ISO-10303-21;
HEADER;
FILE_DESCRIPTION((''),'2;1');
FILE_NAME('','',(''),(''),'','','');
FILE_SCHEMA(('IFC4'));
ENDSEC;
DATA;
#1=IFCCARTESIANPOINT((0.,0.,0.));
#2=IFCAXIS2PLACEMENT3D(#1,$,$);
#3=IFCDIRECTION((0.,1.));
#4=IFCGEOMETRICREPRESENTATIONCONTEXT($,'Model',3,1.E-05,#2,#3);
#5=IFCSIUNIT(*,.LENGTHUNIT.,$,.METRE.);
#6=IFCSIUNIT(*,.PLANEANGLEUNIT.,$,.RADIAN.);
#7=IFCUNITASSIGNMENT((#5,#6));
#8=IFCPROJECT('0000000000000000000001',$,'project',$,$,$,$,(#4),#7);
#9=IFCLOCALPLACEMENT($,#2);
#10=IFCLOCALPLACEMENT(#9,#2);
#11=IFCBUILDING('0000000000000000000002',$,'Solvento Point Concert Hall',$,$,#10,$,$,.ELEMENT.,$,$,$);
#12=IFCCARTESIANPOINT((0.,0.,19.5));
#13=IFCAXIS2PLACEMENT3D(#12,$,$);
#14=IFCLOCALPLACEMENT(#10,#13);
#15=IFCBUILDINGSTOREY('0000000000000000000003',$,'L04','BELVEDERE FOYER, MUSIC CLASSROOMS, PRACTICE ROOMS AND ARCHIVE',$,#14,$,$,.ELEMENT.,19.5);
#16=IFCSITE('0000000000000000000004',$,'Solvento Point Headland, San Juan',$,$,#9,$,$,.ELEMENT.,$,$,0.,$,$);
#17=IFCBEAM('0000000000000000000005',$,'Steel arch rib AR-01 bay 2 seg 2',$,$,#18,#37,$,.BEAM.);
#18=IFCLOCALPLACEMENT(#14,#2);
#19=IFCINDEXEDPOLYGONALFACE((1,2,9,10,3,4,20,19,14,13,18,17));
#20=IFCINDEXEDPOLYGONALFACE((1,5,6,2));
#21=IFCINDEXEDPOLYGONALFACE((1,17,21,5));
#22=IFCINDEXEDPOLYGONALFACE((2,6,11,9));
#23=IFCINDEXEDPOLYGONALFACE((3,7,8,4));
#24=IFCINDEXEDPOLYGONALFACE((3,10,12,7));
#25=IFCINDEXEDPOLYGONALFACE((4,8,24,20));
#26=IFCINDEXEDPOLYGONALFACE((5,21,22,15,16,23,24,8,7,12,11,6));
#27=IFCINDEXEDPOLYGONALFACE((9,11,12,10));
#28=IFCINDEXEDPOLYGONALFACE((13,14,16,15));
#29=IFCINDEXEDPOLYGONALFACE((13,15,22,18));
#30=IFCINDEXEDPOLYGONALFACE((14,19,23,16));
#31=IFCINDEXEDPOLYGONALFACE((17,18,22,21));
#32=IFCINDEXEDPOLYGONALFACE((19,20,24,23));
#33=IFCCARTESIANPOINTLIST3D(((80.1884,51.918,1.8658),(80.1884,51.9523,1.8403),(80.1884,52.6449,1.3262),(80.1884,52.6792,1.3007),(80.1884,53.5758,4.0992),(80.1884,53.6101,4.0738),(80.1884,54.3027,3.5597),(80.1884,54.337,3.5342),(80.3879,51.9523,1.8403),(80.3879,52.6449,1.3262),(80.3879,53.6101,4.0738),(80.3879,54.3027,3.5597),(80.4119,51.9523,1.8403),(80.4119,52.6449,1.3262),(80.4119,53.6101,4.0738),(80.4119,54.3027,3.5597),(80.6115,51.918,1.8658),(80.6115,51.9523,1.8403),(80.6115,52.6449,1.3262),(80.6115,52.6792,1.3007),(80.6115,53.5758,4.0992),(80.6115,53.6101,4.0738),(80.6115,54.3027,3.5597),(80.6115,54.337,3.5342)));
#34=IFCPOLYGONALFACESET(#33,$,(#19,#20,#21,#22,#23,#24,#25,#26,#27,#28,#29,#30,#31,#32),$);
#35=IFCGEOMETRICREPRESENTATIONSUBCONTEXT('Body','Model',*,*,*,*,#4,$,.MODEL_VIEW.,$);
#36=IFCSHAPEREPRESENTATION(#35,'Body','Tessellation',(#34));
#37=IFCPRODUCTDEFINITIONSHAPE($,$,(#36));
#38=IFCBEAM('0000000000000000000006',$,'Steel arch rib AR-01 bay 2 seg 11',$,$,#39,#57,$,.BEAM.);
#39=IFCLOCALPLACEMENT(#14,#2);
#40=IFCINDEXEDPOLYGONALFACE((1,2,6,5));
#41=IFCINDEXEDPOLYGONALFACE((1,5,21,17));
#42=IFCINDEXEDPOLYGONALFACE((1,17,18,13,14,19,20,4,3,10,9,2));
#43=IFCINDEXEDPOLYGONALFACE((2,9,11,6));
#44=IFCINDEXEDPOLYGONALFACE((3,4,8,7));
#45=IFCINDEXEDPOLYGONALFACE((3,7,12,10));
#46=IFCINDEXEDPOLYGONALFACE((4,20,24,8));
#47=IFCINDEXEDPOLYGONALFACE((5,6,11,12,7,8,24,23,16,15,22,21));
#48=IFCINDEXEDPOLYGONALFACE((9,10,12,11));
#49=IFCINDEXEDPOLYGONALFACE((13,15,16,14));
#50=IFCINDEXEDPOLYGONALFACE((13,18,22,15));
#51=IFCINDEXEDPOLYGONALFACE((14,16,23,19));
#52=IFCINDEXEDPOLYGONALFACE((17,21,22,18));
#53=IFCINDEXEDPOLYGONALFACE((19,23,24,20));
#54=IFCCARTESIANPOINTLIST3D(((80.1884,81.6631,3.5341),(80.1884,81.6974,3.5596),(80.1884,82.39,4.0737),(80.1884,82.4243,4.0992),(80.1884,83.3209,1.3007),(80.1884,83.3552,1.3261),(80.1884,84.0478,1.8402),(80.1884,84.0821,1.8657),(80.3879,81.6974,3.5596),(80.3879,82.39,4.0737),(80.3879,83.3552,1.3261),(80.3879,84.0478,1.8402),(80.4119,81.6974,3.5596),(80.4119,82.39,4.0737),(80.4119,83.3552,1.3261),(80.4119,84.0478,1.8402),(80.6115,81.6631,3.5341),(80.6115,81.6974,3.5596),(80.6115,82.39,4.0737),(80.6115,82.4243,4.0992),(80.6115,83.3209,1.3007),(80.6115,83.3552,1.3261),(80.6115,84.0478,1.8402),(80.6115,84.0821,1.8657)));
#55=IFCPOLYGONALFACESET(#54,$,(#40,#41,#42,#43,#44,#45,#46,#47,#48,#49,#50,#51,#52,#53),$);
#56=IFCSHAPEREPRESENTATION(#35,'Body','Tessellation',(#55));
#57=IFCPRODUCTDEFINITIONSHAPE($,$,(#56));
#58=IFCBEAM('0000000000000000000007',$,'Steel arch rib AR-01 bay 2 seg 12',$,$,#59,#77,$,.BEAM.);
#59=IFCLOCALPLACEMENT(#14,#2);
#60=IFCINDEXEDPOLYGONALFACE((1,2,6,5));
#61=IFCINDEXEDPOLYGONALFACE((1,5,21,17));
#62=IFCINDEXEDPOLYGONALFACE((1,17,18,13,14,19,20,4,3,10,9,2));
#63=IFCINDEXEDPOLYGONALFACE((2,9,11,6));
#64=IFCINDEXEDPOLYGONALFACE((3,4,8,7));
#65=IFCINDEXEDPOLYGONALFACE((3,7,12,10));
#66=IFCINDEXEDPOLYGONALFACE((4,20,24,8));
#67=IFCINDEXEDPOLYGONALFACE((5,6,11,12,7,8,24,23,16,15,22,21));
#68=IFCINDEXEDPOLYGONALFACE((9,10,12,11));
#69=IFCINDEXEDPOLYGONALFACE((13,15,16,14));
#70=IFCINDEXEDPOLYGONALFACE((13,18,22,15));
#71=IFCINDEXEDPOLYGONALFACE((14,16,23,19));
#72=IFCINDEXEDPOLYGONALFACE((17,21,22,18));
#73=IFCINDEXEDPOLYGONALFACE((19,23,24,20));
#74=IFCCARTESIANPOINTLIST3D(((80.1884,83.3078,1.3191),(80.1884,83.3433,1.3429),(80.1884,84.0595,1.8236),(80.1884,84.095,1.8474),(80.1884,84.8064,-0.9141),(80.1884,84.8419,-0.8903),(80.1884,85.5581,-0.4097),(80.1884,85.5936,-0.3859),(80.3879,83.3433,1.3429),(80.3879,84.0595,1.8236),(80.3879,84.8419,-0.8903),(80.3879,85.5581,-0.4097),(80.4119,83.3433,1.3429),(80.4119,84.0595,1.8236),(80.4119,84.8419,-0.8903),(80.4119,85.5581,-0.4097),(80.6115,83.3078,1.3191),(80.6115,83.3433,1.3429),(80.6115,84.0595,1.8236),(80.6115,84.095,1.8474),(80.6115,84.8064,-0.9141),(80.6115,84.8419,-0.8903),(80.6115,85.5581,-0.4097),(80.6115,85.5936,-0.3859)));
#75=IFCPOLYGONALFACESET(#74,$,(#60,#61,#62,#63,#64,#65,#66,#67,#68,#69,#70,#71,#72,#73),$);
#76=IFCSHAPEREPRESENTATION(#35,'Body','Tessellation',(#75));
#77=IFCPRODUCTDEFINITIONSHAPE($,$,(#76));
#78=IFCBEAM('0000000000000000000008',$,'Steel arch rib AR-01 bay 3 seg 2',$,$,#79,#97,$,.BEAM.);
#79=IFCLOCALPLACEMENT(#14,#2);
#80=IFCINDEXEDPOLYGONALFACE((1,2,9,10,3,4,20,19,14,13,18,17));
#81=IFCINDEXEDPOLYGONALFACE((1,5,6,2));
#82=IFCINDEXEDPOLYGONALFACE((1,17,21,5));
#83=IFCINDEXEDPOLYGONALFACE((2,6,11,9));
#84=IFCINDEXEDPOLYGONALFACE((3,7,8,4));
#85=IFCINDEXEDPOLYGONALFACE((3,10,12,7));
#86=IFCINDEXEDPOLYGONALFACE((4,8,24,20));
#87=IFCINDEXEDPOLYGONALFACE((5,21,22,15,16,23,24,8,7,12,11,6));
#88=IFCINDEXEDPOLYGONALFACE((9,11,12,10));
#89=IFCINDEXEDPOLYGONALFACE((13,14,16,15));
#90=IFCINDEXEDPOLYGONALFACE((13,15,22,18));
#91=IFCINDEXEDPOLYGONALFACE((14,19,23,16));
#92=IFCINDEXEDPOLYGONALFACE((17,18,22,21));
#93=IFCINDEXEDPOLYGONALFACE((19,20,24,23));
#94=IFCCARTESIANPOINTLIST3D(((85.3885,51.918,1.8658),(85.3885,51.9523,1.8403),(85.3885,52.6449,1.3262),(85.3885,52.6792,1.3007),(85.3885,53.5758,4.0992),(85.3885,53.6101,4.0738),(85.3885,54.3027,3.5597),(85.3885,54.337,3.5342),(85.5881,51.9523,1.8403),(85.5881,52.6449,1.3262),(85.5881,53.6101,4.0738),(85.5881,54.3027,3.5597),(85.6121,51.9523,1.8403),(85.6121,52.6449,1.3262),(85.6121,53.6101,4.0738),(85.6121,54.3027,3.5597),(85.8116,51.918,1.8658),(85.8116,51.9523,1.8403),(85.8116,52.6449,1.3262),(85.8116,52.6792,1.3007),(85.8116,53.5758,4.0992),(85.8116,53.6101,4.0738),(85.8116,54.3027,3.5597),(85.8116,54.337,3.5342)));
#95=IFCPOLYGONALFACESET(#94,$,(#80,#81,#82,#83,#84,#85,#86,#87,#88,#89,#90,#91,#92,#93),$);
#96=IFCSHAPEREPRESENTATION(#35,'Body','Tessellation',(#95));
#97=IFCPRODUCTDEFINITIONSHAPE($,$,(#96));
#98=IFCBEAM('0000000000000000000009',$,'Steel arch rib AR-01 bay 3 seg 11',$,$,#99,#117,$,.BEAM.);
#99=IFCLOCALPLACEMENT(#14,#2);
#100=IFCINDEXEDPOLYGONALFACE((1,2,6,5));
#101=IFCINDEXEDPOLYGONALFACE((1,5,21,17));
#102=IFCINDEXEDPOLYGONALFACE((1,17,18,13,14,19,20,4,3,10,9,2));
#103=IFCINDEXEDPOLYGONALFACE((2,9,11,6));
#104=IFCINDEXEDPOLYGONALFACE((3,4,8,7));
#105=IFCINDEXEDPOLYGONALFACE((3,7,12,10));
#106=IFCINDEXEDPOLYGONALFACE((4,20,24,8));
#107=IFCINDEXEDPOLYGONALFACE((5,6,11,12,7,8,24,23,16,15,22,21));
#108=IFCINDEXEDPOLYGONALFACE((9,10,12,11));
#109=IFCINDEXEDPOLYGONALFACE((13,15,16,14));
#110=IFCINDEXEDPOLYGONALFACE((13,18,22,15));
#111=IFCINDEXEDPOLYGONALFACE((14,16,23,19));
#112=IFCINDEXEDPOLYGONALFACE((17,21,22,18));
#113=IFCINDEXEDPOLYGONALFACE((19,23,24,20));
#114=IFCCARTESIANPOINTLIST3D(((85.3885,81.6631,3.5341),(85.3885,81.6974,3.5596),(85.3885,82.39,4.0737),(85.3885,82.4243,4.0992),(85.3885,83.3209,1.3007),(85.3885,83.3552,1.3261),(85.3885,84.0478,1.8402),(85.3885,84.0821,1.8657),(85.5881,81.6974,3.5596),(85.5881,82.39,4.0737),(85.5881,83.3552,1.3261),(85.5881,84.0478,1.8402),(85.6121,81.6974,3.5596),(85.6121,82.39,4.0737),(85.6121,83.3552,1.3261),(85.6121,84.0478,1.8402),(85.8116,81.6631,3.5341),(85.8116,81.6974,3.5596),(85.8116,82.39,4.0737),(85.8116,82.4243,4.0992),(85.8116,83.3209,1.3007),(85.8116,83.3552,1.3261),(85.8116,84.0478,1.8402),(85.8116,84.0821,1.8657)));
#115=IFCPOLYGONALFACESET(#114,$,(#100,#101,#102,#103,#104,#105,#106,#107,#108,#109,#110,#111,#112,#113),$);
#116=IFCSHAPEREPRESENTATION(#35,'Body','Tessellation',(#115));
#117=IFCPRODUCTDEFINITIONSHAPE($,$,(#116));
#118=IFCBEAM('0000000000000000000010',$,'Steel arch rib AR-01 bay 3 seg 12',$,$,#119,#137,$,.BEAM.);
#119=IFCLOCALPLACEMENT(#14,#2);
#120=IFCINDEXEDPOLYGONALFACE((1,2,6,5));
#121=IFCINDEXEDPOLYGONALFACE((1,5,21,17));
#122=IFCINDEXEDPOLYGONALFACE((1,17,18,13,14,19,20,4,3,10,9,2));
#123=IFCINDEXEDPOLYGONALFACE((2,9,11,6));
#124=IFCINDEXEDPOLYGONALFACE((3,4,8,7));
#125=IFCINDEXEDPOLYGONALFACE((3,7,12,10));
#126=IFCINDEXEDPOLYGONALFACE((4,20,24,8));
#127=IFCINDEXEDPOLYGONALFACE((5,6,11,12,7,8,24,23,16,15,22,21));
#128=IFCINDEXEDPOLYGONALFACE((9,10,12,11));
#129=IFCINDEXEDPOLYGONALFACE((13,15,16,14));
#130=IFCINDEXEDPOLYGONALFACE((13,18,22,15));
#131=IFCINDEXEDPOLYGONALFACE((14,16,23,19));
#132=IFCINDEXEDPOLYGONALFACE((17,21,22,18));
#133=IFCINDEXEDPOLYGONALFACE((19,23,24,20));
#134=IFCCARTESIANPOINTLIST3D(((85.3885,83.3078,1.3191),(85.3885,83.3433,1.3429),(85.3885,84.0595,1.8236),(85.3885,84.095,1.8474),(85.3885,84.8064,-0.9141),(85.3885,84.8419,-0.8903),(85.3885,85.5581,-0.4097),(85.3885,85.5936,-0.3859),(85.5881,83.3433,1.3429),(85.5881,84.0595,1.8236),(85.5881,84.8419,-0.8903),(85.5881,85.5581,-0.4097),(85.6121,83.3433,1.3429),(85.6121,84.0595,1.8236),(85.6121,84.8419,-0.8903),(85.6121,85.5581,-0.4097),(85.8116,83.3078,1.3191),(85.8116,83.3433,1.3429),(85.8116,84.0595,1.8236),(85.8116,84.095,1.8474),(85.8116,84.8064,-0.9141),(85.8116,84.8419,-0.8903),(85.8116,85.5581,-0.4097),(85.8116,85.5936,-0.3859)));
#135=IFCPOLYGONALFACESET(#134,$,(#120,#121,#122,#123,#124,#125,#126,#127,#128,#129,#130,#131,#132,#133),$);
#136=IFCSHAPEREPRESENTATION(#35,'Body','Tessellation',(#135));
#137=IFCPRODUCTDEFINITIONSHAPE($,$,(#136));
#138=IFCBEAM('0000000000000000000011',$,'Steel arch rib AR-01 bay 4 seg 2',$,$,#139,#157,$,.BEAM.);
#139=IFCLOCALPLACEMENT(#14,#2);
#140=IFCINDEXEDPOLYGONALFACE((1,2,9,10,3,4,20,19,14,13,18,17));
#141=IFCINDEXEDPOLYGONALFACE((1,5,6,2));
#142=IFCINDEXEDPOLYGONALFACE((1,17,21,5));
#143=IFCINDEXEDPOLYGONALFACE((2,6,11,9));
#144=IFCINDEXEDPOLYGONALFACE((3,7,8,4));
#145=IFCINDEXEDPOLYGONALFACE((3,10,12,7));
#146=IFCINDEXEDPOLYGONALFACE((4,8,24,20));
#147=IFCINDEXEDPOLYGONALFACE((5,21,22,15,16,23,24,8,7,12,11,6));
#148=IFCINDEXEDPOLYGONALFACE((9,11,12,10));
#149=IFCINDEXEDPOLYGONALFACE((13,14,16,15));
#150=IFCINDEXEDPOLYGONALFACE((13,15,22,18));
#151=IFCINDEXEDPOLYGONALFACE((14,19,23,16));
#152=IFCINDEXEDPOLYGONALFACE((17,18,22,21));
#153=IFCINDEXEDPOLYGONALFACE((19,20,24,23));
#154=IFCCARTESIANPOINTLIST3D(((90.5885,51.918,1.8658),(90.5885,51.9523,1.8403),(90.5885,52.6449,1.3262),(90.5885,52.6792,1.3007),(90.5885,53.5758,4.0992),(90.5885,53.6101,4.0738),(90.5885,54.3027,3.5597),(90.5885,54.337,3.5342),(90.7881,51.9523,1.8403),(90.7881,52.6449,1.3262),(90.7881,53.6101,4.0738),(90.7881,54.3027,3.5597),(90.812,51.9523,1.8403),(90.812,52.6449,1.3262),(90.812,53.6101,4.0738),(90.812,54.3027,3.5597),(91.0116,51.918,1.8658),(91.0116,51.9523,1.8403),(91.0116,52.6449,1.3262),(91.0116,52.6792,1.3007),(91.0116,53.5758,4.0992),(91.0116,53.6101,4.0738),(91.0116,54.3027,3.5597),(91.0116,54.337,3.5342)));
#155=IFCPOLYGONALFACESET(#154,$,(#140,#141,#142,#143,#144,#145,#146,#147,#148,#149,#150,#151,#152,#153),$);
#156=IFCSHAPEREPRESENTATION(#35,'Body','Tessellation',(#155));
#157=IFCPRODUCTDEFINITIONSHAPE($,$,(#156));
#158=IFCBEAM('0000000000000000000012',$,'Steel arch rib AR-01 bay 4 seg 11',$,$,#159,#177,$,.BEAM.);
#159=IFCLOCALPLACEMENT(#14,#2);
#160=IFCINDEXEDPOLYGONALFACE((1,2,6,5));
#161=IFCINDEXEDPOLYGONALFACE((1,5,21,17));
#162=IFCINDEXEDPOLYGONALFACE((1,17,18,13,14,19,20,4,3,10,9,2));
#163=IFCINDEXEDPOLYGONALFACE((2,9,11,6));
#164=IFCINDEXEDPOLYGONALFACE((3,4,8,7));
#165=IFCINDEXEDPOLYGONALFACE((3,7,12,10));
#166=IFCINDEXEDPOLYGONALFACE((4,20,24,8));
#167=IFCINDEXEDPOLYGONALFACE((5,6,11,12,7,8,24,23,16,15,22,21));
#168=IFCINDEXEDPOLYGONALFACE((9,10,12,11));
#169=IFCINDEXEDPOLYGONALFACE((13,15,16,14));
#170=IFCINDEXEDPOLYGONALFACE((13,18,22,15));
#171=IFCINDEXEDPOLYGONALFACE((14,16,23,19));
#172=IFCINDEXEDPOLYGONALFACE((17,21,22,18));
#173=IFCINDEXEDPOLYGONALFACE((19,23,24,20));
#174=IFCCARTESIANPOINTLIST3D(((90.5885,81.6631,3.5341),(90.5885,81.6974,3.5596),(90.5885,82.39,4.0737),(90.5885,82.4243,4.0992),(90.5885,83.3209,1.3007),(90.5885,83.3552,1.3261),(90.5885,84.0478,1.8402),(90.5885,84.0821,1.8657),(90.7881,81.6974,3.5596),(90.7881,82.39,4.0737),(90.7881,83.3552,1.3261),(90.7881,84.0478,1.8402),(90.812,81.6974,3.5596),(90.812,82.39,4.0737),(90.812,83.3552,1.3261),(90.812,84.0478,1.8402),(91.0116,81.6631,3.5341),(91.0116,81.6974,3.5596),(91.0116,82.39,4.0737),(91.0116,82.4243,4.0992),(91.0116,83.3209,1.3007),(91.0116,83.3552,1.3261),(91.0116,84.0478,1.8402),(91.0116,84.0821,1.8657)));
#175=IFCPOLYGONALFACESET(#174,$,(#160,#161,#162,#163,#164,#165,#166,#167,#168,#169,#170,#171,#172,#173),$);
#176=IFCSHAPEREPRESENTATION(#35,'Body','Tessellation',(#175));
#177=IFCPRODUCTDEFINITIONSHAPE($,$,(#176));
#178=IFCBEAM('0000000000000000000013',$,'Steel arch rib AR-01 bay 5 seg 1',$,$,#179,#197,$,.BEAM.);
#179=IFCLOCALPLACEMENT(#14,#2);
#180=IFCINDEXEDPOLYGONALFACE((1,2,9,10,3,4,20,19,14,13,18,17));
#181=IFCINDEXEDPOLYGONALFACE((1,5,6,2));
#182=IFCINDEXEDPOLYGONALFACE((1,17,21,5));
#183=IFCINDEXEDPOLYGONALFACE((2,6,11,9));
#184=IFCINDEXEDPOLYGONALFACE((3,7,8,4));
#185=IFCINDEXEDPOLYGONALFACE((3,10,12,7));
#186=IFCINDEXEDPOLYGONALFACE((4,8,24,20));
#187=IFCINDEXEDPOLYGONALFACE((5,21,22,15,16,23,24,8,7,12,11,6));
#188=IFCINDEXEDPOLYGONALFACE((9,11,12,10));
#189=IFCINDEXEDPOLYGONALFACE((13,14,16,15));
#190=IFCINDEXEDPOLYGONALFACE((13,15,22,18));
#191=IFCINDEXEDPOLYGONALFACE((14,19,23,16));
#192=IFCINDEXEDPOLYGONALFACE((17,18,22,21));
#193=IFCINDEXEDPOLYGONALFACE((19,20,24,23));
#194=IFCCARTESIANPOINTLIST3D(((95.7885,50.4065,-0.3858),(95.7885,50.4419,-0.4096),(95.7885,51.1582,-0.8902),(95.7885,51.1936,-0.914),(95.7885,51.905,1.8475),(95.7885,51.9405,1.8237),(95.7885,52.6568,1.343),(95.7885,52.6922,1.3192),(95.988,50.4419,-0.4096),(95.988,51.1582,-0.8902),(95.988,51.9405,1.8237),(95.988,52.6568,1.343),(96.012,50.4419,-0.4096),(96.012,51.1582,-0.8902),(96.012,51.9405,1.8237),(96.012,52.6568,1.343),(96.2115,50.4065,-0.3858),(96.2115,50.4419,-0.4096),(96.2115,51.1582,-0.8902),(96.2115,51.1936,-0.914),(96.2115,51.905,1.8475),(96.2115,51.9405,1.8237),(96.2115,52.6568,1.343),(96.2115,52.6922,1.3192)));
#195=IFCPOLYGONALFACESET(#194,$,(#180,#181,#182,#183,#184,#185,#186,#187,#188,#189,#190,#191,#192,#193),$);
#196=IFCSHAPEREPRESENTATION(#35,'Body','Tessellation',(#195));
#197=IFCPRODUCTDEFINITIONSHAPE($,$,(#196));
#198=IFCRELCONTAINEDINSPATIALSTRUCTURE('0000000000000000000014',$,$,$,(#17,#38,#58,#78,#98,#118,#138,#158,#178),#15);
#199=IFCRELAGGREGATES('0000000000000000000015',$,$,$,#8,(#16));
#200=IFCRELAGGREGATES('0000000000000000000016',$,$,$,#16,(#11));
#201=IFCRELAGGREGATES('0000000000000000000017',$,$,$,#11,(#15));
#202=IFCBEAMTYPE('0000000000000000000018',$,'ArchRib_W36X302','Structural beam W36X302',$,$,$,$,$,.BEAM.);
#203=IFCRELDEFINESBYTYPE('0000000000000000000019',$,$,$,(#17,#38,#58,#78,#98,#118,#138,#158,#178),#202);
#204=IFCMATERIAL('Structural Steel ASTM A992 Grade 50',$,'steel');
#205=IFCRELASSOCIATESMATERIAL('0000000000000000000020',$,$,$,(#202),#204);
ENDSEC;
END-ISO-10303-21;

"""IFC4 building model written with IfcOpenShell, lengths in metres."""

from ifc_helpers import new_model, si_unit, direction, frame, origin, origin_2d, place, context, subcontext, project, spatial, i_section, extrude, material, material_profile, profile_set, type_object, element, save


model = new_model("IFC4")

# Units and contexts
model_context = context("Model", 3, precision=1e-05, world=origin(), true_north=direction((0.0, 1.0)))
body_context = subcontext(model_context, "Body", "Model", "MODEL_VIEW")
ifc_project = project(units=[si_unit("LENGTHUNIT", "METRE"), si_unit("PLANEANGLEUNIT", "RADIAN")], contexts=[model_context])

# Site, building, storey
site_placement = place(None, origin())
site = spatial("IfcSite", under=ifc_project, at=site_placement, Name="Solvento Point Headland, San Juan", CompositionType="ELEMENT", RefElevation=0.0)
building_placement = place(site_placement, origin())
building = spatial("IfcBuilding", under=site, at=building_placement, Name="Solvento Point Concert Hall", CompositionType="ELEMENT")
storey_placement = place(building_placement, frame((0.0, 0.0, 19.5)))
storey = spatial("IfcBuildingStorey", under=building, at=storey_placement, Name="L04", Description="BELVEDERE FOYER, MUSIC CLASSROOMS, PRACTICE ROOMS AND ARCHIVE", CompositionType="ELEMENT", Elevation=19.5)

# Beams
ifc_material_1 = material(Name="Structural Steel ASTM A992 Grade 50", Category="steel")
ifc_material_profile_1 = material_profile(ifc_material_1, i_section(OverallWidth=0.4231, OverallDepth=0.948, WebThickness=0.0239, FlangeThickness=0.0427, at=origin_2d()), Name="W36X302")
ifc_profile_set_1 = profile_set([ifc_material_profile_1], Name="Structural Steel ASTM A992 Grade 50")
beam_type_1 = type_object("IfcBeamType", Name="ArchRib_W36X302", Description="Structural beam W36X302", PredefinedType="BEAM", material=ifc_profile_set_1)
for number, where, z_axis, x_axis, name in (
    (1, (80.3999, 52.2986, 1.5833), (0.0, 0.596004, 0.802981), (-1.0, 0.0, 0.0), "Steel arch rib AR-01 bay 2 seg 2"),
    (2, (80.3999, 82.0437, 3.8167), (0.0, 0.596004, -0.802981), (-1.0, 0.0, 0.0), "Steel arch rib AR-01 bay 2 seg 11"),
):
    element("IfcBeam", number, at=place(storey_placement, frame(where, z_axis=z_axis, x_axis=x_axis)), inside=storey, type_object=beam_type_1, Name=name, PredefinedType="BEAM", context=body_context, shape_type="SweptSolid", body=[
        extrude(i_section(OverallWidth=0.4231, OverallDepth=0.948, WebThickness=0.0239, FlangeThickness=0.0427, at=origin_2d()), origin(), (0.0, 0.0, 1.0), 2.7815),
    ])
beam_1_placement = place(storey_placement, frame((80.3999, 83.7014, 1.5833), z_axis=(0.0, 0.557212, -0.830371), x_axis=(-1.0, 0.0, 0.0)))
element("IfcBeam", 3, at=beam_1_placement, inside=storey, type_object=beam_type_1, Name="Steel arch rib AR-01 bay 2 seg 12", PredefinedType="BEAM", context=body_context, shape_type="SweptSolid", body=[
    extrude(i_section(OverallWidth=0.4231, OverallDepth=0.948, WebThickness=0.0239, FlangeThickness=0.0427, at=origin_2d()), origin(), (0.0, 0.0, 1.0), 2.6895),
])
for number, where, z_axis, x_axis, name in (
    (4, (85.6001, 52.2986, 1.5833), (0.0, 0.596004, 0.802981), (-1.0, 0.0, 0.0), "Steel arch rib AR-01 bay 3 seg 2"),
    (5, (85.6001, 82.0437, 3.8167), (0.0, 0.596004, -0.802981), (-1.0, 0.0, 0.0), "Steel arch rib AR-01 bay 3 seg 11"),
):
    element("IfcBeam", number, at=place(storey_placement, frame(where, z_axis=z_axis, x_axis=x_axis)), inside=storey, type_object=beam_type_1, Name=name, PredefinedType="BEAM", context=body_context, shape_type="SweptSolid", body=[
        extrude(i_section(OverallWidth=0.4231, OverallDepth=0.948, WebThickness=0.0239, FlangeThickness=0.0427, at=origin_2d()), origin(), (0.0, 0.0, 1.0), 2.7815),
    ])
beam_2_placement = place(storey_placement, frame((85.6001, 83.7014, 1.5833), z_axis=(0.0, 0.557212, -0.830371), x_axis=(-1.0, 0.0, 0.0)))
element("IfcBeam", 6, at=beam_2_placement, inside=storey, type_object=beam_type_1, Name="Steel arch rib AR-01 bay 3 seg 12", PredefinedType="BEAM", context=body_context, shape_type="SweptSolid", body=[
    extrude(i_section(OverallWidth=0.4231, OverallDepth=0.948, WebThickness=0.0239, FlangeThickness=0.0427, at=origin_2d()), origin(), (0.0, 0.0, 1.0), 2.6895),
])
for number, where, z_axis, x_axis, name in (
    (7, (90.8, 52.2986, 1.5833), (0.0, 0.596004, 0.802981), (-1.0, 0.0, 0.0), "Steel arch rib AR-01 bay 4 seg 2"),
    (8, (90.8, 82.0437, 3.8167), (0.0, 0.596004, -0.802981), (-1.0, 0.0, 0.0), "Steel arch rib AR-01 bay 4 seg 11"),
):
    element("IfcBeam", number, at=place(storey_placement, frame(where, z_axis=z_axis, x_axis=x_axis)), inside=storey, type_object=beam_type_1, Name=name, PredefinedType="BEAM", context=body_context, shape_type="SweptSolid", body=[
        extrude(i_section(OverallWidth=0.4231, OverallDepth=0.948, WebThickness=0.0239, FlangeThickness=0.0427, at=origin_2d()), origin(), (0.0, 0.0, 1.0), 2.7815),
    ])
beam_3_placement = place(storey_placement, frame((96.0, 50.8, -0.6499), z_axis=(0.0, 0.557212, 0.830371), x_axis=(-1.0, 0.0, 0.0)))
element("IfcBeam", 9, at=beam_3_placement, inside=storey, type_object=beam_type_1, Name="Steel arch rib AR-01 bay 5 seg 1", PredefinedType="BEAM", context=body_context, shape_type="SweptSolid", body=[
    extrude(i_section(OverallWidth=0.4231, OverallDepth=0.948, WebThickness=0.0239, FlangeThickness=0.0427, at=origin_2d()), origin(), (0.0, 0.0, 1.0), 2.6895),
])

save(model, "model.ifc")
